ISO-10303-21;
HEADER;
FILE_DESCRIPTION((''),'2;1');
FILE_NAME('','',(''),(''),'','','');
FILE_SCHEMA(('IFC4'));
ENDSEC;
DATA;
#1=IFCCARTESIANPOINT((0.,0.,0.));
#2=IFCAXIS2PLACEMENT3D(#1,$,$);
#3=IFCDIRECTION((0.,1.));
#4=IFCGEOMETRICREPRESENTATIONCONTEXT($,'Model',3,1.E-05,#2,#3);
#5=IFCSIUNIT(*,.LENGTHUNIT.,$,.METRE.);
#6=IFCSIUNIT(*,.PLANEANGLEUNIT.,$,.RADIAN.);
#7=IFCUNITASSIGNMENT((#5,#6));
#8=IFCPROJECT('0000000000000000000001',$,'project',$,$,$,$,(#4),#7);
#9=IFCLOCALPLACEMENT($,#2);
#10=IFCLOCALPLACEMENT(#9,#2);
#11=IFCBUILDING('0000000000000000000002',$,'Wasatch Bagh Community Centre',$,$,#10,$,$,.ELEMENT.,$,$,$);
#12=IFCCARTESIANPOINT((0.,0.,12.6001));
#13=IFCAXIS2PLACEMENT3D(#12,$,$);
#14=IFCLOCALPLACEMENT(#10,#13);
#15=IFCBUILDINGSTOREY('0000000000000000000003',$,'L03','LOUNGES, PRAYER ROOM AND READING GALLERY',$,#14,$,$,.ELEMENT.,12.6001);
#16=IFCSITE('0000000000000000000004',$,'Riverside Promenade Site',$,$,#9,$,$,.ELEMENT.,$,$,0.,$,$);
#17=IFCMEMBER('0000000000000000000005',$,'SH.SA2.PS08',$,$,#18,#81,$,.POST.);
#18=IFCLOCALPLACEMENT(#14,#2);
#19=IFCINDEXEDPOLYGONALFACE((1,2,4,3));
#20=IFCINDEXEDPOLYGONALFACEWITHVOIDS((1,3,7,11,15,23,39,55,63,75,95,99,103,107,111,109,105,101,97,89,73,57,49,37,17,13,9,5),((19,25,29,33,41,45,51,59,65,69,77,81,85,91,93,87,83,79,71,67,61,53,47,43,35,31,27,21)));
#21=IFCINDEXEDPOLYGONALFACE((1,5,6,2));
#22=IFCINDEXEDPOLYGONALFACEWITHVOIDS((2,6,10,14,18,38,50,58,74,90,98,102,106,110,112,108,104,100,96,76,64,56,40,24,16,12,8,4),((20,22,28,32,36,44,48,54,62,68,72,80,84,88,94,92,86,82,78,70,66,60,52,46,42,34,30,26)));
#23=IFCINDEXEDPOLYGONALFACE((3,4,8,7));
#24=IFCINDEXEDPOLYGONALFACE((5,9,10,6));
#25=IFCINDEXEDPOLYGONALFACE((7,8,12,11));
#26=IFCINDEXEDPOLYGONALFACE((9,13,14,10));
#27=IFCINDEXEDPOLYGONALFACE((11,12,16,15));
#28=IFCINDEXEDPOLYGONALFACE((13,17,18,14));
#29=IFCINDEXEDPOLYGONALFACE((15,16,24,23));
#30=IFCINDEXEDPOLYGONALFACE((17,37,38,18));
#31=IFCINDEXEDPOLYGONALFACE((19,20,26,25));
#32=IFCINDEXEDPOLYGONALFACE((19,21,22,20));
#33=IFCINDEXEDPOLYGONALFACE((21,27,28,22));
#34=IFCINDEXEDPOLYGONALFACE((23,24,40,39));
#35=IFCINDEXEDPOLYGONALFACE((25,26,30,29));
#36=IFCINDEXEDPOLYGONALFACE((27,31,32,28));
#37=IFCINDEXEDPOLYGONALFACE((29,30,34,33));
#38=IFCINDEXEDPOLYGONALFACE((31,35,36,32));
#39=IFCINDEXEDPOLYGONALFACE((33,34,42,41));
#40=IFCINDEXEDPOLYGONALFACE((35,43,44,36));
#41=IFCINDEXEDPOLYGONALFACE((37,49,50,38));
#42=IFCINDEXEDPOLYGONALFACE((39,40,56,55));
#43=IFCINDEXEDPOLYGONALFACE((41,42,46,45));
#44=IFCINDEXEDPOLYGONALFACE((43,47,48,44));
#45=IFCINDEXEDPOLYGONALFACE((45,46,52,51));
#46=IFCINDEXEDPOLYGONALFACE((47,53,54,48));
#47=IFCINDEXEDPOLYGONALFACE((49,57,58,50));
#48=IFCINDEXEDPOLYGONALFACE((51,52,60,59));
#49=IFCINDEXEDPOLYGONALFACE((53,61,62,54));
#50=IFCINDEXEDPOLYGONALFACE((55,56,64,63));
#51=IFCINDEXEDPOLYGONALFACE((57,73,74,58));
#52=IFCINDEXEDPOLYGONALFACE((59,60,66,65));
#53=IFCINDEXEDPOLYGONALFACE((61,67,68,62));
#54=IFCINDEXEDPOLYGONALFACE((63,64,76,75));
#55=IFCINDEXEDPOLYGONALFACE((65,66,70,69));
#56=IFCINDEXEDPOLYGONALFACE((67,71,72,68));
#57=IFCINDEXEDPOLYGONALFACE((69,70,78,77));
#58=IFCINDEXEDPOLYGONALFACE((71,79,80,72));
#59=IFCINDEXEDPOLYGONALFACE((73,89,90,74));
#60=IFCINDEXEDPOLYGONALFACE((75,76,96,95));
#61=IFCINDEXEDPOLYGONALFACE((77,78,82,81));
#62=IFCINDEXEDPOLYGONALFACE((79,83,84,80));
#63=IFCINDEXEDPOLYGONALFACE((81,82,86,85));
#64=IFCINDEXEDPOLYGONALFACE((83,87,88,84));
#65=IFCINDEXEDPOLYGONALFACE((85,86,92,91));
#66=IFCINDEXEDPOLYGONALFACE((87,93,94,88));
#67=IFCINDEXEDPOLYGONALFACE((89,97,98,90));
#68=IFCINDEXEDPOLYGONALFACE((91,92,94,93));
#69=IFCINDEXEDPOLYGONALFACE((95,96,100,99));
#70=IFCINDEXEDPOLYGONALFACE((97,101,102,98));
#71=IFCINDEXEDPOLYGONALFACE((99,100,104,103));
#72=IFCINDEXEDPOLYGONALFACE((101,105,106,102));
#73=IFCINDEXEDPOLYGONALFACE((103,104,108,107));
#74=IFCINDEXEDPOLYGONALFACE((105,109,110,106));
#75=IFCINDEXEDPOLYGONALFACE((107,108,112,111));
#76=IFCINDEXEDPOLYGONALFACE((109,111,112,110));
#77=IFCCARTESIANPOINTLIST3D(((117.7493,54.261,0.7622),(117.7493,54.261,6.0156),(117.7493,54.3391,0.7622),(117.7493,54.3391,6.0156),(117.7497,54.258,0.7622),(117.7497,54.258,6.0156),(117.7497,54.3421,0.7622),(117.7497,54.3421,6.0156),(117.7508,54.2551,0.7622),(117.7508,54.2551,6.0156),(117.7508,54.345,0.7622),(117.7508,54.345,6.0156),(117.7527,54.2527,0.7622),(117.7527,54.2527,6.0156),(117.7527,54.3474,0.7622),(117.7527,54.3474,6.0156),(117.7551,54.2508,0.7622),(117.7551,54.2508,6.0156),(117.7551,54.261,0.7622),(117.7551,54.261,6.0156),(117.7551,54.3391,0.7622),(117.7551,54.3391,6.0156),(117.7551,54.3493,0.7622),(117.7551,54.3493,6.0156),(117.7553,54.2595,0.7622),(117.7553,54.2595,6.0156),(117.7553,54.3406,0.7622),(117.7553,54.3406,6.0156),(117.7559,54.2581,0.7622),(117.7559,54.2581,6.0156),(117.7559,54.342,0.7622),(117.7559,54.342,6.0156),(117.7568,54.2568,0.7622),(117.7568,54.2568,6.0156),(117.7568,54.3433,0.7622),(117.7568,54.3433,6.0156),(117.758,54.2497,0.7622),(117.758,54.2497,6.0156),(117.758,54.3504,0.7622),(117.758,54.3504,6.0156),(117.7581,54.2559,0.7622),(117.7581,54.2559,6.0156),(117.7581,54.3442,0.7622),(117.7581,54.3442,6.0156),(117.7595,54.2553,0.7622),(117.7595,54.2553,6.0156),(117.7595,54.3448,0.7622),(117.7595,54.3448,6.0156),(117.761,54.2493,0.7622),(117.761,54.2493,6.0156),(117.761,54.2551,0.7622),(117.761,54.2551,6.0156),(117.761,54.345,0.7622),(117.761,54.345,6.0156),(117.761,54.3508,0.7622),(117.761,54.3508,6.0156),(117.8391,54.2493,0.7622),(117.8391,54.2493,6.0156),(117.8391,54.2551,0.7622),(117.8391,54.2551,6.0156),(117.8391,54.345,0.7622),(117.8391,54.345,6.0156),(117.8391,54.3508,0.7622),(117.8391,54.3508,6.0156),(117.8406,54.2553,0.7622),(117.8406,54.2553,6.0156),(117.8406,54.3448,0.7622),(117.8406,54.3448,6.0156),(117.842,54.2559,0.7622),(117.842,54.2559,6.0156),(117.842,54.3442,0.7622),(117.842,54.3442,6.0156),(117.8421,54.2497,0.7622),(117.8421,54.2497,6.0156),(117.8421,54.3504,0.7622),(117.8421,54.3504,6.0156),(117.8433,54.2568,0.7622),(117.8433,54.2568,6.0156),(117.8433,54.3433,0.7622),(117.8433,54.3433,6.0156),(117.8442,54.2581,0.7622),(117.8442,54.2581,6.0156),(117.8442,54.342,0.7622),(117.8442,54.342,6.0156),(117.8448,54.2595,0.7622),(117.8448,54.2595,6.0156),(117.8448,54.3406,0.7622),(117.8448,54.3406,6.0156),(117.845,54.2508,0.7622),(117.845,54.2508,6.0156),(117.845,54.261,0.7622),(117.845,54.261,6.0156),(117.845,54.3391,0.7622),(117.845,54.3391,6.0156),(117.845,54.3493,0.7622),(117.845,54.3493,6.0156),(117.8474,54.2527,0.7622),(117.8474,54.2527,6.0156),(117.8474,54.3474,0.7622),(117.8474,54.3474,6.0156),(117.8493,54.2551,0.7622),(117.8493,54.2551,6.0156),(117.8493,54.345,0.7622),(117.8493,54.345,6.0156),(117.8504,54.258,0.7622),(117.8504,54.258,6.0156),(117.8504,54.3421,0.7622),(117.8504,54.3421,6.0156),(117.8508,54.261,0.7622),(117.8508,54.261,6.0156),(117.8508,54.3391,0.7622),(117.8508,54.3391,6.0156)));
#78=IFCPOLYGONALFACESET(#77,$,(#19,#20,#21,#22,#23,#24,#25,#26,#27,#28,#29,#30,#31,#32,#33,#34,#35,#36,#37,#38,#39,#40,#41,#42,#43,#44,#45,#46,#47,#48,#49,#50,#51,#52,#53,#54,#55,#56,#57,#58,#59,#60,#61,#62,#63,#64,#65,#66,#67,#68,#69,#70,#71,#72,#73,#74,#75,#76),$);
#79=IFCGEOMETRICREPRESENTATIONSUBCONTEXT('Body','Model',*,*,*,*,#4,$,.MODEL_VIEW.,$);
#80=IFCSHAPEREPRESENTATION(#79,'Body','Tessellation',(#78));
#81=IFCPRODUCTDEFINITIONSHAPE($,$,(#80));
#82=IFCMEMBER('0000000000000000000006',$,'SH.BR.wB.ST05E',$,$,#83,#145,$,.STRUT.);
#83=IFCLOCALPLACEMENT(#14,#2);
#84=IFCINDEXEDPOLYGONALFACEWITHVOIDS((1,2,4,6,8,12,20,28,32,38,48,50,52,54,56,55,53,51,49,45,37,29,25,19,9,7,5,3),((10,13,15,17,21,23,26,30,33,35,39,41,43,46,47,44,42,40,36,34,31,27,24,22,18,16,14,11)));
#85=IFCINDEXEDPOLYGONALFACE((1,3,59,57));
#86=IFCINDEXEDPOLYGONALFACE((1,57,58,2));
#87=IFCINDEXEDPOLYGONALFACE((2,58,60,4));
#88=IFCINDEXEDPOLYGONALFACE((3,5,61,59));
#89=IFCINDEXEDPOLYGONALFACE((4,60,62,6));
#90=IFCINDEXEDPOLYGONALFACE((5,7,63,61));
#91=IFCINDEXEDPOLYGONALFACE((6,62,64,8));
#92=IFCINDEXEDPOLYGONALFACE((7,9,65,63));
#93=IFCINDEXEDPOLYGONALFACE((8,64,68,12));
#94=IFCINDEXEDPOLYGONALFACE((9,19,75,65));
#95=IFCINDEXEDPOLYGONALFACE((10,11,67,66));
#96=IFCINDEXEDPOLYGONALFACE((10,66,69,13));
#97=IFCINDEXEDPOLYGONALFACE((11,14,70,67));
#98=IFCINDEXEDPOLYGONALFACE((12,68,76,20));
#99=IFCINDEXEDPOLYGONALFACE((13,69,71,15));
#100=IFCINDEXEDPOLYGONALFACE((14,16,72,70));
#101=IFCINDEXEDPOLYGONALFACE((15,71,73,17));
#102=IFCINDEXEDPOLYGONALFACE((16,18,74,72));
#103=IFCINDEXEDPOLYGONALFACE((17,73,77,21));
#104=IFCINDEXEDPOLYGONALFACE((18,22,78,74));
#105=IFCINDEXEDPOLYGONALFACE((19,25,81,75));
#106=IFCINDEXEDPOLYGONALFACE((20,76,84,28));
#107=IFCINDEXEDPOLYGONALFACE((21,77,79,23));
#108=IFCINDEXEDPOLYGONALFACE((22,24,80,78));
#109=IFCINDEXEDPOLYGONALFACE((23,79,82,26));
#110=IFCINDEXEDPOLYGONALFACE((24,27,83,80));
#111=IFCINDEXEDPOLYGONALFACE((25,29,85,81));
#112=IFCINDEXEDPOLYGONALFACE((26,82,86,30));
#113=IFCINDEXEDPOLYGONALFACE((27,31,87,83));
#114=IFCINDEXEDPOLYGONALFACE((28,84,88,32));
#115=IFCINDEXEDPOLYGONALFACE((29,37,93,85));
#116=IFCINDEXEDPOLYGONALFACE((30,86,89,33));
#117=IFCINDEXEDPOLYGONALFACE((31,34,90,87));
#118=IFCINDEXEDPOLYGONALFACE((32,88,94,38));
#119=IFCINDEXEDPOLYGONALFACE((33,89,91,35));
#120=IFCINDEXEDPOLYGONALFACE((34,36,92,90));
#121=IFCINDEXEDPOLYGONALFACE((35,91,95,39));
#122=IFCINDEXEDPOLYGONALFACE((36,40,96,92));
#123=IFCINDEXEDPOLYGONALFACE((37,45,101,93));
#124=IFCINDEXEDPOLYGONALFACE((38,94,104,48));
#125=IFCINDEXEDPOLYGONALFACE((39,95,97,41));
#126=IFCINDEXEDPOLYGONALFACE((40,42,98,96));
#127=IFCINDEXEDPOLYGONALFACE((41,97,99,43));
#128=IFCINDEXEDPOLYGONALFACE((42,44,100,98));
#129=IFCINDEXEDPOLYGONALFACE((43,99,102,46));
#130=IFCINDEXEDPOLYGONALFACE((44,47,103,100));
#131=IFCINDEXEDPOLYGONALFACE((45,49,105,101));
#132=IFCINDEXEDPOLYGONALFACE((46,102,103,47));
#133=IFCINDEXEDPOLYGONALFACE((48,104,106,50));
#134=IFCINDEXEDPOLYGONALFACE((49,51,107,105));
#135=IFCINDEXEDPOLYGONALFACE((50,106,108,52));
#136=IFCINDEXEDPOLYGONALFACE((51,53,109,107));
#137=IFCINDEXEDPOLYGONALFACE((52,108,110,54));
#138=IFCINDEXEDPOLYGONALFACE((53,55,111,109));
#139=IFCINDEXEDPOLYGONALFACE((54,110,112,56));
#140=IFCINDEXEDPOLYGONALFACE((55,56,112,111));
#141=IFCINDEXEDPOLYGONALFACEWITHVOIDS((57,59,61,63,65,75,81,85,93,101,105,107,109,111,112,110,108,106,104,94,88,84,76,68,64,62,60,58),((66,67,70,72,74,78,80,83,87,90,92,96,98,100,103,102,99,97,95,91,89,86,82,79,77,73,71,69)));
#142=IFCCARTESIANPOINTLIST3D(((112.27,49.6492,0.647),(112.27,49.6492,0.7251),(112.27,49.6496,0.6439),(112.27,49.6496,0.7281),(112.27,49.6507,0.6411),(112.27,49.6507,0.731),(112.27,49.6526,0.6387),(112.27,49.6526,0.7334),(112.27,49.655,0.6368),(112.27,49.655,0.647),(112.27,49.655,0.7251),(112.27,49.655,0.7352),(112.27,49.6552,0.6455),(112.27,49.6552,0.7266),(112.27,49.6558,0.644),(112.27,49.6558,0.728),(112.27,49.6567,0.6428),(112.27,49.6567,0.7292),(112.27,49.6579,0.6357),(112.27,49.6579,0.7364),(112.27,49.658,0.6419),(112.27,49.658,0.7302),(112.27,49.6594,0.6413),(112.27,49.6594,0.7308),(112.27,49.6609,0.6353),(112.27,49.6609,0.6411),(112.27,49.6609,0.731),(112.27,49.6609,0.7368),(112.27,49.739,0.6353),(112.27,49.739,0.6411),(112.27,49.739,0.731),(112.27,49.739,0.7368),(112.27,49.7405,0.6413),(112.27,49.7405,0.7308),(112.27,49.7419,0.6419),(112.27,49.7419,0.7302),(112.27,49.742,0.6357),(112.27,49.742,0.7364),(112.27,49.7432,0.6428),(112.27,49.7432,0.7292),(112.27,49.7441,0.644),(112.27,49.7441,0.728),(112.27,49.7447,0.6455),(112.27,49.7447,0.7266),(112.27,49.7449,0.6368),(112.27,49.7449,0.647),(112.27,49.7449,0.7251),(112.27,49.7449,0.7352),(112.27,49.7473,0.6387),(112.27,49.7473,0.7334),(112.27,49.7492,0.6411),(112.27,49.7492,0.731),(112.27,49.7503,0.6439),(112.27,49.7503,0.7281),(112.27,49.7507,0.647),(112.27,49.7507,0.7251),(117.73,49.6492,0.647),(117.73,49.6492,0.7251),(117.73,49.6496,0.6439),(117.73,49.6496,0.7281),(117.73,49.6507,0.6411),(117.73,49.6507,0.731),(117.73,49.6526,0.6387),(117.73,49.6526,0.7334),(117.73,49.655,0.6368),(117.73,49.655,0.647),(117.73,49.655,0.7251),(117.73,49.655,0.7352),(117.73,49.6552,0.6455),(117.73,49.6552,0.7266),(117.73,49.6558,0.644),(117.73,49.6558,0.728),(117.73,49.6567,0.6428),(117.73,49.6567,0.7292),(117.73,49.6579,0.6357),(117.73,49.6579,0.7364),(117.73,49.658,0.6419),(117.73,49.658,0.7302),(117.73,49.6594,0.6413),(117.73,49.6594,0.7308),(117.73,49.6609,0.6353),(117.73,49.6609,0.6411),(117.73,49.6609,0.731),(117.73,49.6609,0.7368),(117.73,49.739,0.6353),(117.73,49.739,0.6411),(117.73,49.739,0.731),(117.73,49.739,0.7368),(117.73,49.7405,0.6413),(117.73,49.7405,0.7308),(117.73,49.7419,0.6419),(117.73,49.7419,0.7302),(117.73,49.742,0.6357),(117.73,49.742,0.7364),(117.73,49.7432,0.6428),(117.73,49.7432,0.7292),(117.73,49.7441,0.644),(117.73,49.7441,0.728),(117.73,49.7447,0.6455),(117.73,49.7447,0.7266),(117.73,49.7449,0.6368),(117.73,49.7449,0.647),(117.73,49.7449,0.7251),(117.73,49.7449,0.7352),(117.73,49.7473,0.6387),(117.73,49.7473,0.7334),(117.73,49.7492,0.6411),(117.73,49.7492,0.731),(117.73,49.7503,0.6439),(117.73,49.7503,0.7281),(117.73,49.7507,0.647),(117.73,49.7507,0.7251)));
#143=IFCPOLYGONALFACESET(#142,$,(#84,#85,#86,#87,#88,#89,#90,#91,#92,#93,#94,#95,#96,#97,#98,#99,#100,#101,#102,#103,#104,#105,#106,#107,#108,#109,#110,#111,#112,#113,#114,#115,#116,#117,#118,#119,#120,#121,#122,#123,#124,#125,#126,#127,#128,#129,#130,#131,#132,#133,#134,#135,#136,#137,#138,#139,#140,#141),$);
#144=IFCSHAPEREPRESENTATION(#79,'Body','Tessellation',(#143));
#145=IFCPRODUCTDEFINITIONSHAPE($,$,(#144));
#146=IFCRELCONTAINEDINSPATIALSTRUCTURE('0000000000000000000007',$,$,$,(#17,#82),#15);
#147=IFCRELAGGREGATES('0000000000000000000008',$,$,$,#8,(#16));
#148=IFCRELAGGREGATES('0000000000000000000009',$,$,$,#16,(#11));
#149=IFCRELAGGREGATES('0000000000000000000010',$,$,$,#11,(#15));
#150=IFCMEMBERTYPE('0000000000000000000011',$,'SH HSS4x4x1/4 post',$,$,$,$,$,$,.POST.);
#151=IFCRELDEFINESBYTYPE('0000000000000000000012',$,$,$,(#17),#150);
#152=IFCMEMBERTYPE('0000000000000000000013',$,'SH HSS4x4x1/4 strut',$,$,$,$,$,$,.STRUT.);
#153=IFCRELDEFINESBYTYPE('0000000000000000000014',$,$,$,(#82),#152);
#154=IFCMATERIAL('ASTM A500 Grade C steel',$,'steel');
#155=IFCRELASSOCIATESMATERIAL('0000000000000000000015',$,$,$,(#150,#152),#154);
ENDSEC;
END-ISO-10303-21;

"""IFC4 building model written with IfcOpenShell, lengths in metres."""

from ifc_helpers import new_model, si_unit, direction, frame, origin, origin_2d, place, context, subcontext, project, spatial, hollow_rectangle, extrude, material, material_profile, profile_set, type_object, element, save


model = new_model("IFC4")

# Units and contexts
model_context = context("Model", 3, precision=1e-05, world=origin(), true_north=direction((0.0, 1.0)))
body_context = subcontext(model_context, "Body", "Model", "MODEL_VIEW")
ifc_project = project(units=[si_unit("LENGTHUNIT", "METRE"), si_unit("PLANEANGLEUNIT", "RADIAN")], contexts=[model_context])

# Site, building, storey
site_placement = place(None, origin())
site = spatial("IfcSite", under=ifc_project, at=site_placement, Name="Riverside Promenade Site", CompositionType="ELEMENT", RefElevation=0.0)
building_placement = place(site_placement, origin())
building = spatial("IfcBuilding", under=site, at=building_placement, Name="Wasatch Bagh Community Centre", CompositionType="ELEMENT")
storey_placement = place(building_placement, frame((0.0, 0.0, 12.6001)))
storey = spatial("IfcBuildingStorey", under=building, at=storey_placement, Name="L03", Description="LOUNGES, PRAYER ROOM AND READING GALLERY", CompositionType="ELEMENT", Elevation=12.6001)

# Members
ifc_material_1 = material(Name="ASTM A500 Grade C steel", Category="steel")
ifc_material_profile_1 = material_profile(ifc_material_1, hollow_rectangle(XDim=0.1016, YDim=0.1016, WallThickness=0.0059, InnerFilletRadius=0.0059, OuterFilletRadius=0.0117, at=origin_2d()), Name="HSS4x4x1/4")
ifc_profile_set_1 = profile_set([ifc_material_profile_1], Name="ASTM A500 Grade C steel")
member_type_1 = type_object("IfcMemberType", Name="SH HSS4x4x1/4 post", PredefinedType="POST", material=ifc_profile_set_1)
member_1_placement = place(storey_placement, frame((117.8, 54.3, 0.7622), z_axis=(0.0, 0.0, 1.0), x_axis=(1.0, 0.0, 0.0)))
element("IfcMember", 1, at=member_1_placement, inside=storey, type_object=member_type_1, Name="SH.SA2.PS08", PredefinedType="POST", context=body_context, shape_type="SweptSolid", body=[
    extrude(hollow_rectangle(XDim=0.1016, YDim=0.1016, WallThickness=0.0059, InnerFilletRadius=0.0059, OuterFilletRadius=0.0117, at=origin_2d()), origin(), (0.0, 0.0, 1.0), 5.2534),
])
ifc_material_profile_2 = material_profile(ifc_material_1, hollow_rectangle(XDim=0.1016, YDim=0.1016, WallThickness=0.0059, InnerFilletRadius=0.0059, OuterFilletRadius=0.0117, at=origin_2d()), Name="HSS4x4x1/4")
ifc_profile_set_2 = profile_set([ifc_material_profile_2], Name="ASTM A500 Grade C steel")
member_type_2 = type_object("IfcMemberType", Name="SH HSS4x4x1/4 strut", PredefinedType="STRUT", material=ifc_profile_set_2)
for number, where, z_axis, x_axis, name in (
    (2, (112.27, 49.7, 0.686), (1.0, 0.0, 0.0), (0.0, 1.0, 0.0), "SH.BR.wB.ST05E"),
):
    element("IfcMember", number, at=place(storey_placement, frame(where, z_axis=z_axis, x_axis=x_axis)), inside=storey, type_object=member_type_2, Name=name, PredefinedType="STRUT", context=body_context, shape_type="SweptSolid", body=[
        extrude(hollow_rectangle(XDim=0.1016, YDim=0.1016, WallThickness=0.0059, InnerFilletRadius=0.0059, OuterFilletRadius=0.0117, at=origin_2d()), origin(), (0.0, 0.0, 1.0), 5.46),
    ])

save(model, "model.ifc")
